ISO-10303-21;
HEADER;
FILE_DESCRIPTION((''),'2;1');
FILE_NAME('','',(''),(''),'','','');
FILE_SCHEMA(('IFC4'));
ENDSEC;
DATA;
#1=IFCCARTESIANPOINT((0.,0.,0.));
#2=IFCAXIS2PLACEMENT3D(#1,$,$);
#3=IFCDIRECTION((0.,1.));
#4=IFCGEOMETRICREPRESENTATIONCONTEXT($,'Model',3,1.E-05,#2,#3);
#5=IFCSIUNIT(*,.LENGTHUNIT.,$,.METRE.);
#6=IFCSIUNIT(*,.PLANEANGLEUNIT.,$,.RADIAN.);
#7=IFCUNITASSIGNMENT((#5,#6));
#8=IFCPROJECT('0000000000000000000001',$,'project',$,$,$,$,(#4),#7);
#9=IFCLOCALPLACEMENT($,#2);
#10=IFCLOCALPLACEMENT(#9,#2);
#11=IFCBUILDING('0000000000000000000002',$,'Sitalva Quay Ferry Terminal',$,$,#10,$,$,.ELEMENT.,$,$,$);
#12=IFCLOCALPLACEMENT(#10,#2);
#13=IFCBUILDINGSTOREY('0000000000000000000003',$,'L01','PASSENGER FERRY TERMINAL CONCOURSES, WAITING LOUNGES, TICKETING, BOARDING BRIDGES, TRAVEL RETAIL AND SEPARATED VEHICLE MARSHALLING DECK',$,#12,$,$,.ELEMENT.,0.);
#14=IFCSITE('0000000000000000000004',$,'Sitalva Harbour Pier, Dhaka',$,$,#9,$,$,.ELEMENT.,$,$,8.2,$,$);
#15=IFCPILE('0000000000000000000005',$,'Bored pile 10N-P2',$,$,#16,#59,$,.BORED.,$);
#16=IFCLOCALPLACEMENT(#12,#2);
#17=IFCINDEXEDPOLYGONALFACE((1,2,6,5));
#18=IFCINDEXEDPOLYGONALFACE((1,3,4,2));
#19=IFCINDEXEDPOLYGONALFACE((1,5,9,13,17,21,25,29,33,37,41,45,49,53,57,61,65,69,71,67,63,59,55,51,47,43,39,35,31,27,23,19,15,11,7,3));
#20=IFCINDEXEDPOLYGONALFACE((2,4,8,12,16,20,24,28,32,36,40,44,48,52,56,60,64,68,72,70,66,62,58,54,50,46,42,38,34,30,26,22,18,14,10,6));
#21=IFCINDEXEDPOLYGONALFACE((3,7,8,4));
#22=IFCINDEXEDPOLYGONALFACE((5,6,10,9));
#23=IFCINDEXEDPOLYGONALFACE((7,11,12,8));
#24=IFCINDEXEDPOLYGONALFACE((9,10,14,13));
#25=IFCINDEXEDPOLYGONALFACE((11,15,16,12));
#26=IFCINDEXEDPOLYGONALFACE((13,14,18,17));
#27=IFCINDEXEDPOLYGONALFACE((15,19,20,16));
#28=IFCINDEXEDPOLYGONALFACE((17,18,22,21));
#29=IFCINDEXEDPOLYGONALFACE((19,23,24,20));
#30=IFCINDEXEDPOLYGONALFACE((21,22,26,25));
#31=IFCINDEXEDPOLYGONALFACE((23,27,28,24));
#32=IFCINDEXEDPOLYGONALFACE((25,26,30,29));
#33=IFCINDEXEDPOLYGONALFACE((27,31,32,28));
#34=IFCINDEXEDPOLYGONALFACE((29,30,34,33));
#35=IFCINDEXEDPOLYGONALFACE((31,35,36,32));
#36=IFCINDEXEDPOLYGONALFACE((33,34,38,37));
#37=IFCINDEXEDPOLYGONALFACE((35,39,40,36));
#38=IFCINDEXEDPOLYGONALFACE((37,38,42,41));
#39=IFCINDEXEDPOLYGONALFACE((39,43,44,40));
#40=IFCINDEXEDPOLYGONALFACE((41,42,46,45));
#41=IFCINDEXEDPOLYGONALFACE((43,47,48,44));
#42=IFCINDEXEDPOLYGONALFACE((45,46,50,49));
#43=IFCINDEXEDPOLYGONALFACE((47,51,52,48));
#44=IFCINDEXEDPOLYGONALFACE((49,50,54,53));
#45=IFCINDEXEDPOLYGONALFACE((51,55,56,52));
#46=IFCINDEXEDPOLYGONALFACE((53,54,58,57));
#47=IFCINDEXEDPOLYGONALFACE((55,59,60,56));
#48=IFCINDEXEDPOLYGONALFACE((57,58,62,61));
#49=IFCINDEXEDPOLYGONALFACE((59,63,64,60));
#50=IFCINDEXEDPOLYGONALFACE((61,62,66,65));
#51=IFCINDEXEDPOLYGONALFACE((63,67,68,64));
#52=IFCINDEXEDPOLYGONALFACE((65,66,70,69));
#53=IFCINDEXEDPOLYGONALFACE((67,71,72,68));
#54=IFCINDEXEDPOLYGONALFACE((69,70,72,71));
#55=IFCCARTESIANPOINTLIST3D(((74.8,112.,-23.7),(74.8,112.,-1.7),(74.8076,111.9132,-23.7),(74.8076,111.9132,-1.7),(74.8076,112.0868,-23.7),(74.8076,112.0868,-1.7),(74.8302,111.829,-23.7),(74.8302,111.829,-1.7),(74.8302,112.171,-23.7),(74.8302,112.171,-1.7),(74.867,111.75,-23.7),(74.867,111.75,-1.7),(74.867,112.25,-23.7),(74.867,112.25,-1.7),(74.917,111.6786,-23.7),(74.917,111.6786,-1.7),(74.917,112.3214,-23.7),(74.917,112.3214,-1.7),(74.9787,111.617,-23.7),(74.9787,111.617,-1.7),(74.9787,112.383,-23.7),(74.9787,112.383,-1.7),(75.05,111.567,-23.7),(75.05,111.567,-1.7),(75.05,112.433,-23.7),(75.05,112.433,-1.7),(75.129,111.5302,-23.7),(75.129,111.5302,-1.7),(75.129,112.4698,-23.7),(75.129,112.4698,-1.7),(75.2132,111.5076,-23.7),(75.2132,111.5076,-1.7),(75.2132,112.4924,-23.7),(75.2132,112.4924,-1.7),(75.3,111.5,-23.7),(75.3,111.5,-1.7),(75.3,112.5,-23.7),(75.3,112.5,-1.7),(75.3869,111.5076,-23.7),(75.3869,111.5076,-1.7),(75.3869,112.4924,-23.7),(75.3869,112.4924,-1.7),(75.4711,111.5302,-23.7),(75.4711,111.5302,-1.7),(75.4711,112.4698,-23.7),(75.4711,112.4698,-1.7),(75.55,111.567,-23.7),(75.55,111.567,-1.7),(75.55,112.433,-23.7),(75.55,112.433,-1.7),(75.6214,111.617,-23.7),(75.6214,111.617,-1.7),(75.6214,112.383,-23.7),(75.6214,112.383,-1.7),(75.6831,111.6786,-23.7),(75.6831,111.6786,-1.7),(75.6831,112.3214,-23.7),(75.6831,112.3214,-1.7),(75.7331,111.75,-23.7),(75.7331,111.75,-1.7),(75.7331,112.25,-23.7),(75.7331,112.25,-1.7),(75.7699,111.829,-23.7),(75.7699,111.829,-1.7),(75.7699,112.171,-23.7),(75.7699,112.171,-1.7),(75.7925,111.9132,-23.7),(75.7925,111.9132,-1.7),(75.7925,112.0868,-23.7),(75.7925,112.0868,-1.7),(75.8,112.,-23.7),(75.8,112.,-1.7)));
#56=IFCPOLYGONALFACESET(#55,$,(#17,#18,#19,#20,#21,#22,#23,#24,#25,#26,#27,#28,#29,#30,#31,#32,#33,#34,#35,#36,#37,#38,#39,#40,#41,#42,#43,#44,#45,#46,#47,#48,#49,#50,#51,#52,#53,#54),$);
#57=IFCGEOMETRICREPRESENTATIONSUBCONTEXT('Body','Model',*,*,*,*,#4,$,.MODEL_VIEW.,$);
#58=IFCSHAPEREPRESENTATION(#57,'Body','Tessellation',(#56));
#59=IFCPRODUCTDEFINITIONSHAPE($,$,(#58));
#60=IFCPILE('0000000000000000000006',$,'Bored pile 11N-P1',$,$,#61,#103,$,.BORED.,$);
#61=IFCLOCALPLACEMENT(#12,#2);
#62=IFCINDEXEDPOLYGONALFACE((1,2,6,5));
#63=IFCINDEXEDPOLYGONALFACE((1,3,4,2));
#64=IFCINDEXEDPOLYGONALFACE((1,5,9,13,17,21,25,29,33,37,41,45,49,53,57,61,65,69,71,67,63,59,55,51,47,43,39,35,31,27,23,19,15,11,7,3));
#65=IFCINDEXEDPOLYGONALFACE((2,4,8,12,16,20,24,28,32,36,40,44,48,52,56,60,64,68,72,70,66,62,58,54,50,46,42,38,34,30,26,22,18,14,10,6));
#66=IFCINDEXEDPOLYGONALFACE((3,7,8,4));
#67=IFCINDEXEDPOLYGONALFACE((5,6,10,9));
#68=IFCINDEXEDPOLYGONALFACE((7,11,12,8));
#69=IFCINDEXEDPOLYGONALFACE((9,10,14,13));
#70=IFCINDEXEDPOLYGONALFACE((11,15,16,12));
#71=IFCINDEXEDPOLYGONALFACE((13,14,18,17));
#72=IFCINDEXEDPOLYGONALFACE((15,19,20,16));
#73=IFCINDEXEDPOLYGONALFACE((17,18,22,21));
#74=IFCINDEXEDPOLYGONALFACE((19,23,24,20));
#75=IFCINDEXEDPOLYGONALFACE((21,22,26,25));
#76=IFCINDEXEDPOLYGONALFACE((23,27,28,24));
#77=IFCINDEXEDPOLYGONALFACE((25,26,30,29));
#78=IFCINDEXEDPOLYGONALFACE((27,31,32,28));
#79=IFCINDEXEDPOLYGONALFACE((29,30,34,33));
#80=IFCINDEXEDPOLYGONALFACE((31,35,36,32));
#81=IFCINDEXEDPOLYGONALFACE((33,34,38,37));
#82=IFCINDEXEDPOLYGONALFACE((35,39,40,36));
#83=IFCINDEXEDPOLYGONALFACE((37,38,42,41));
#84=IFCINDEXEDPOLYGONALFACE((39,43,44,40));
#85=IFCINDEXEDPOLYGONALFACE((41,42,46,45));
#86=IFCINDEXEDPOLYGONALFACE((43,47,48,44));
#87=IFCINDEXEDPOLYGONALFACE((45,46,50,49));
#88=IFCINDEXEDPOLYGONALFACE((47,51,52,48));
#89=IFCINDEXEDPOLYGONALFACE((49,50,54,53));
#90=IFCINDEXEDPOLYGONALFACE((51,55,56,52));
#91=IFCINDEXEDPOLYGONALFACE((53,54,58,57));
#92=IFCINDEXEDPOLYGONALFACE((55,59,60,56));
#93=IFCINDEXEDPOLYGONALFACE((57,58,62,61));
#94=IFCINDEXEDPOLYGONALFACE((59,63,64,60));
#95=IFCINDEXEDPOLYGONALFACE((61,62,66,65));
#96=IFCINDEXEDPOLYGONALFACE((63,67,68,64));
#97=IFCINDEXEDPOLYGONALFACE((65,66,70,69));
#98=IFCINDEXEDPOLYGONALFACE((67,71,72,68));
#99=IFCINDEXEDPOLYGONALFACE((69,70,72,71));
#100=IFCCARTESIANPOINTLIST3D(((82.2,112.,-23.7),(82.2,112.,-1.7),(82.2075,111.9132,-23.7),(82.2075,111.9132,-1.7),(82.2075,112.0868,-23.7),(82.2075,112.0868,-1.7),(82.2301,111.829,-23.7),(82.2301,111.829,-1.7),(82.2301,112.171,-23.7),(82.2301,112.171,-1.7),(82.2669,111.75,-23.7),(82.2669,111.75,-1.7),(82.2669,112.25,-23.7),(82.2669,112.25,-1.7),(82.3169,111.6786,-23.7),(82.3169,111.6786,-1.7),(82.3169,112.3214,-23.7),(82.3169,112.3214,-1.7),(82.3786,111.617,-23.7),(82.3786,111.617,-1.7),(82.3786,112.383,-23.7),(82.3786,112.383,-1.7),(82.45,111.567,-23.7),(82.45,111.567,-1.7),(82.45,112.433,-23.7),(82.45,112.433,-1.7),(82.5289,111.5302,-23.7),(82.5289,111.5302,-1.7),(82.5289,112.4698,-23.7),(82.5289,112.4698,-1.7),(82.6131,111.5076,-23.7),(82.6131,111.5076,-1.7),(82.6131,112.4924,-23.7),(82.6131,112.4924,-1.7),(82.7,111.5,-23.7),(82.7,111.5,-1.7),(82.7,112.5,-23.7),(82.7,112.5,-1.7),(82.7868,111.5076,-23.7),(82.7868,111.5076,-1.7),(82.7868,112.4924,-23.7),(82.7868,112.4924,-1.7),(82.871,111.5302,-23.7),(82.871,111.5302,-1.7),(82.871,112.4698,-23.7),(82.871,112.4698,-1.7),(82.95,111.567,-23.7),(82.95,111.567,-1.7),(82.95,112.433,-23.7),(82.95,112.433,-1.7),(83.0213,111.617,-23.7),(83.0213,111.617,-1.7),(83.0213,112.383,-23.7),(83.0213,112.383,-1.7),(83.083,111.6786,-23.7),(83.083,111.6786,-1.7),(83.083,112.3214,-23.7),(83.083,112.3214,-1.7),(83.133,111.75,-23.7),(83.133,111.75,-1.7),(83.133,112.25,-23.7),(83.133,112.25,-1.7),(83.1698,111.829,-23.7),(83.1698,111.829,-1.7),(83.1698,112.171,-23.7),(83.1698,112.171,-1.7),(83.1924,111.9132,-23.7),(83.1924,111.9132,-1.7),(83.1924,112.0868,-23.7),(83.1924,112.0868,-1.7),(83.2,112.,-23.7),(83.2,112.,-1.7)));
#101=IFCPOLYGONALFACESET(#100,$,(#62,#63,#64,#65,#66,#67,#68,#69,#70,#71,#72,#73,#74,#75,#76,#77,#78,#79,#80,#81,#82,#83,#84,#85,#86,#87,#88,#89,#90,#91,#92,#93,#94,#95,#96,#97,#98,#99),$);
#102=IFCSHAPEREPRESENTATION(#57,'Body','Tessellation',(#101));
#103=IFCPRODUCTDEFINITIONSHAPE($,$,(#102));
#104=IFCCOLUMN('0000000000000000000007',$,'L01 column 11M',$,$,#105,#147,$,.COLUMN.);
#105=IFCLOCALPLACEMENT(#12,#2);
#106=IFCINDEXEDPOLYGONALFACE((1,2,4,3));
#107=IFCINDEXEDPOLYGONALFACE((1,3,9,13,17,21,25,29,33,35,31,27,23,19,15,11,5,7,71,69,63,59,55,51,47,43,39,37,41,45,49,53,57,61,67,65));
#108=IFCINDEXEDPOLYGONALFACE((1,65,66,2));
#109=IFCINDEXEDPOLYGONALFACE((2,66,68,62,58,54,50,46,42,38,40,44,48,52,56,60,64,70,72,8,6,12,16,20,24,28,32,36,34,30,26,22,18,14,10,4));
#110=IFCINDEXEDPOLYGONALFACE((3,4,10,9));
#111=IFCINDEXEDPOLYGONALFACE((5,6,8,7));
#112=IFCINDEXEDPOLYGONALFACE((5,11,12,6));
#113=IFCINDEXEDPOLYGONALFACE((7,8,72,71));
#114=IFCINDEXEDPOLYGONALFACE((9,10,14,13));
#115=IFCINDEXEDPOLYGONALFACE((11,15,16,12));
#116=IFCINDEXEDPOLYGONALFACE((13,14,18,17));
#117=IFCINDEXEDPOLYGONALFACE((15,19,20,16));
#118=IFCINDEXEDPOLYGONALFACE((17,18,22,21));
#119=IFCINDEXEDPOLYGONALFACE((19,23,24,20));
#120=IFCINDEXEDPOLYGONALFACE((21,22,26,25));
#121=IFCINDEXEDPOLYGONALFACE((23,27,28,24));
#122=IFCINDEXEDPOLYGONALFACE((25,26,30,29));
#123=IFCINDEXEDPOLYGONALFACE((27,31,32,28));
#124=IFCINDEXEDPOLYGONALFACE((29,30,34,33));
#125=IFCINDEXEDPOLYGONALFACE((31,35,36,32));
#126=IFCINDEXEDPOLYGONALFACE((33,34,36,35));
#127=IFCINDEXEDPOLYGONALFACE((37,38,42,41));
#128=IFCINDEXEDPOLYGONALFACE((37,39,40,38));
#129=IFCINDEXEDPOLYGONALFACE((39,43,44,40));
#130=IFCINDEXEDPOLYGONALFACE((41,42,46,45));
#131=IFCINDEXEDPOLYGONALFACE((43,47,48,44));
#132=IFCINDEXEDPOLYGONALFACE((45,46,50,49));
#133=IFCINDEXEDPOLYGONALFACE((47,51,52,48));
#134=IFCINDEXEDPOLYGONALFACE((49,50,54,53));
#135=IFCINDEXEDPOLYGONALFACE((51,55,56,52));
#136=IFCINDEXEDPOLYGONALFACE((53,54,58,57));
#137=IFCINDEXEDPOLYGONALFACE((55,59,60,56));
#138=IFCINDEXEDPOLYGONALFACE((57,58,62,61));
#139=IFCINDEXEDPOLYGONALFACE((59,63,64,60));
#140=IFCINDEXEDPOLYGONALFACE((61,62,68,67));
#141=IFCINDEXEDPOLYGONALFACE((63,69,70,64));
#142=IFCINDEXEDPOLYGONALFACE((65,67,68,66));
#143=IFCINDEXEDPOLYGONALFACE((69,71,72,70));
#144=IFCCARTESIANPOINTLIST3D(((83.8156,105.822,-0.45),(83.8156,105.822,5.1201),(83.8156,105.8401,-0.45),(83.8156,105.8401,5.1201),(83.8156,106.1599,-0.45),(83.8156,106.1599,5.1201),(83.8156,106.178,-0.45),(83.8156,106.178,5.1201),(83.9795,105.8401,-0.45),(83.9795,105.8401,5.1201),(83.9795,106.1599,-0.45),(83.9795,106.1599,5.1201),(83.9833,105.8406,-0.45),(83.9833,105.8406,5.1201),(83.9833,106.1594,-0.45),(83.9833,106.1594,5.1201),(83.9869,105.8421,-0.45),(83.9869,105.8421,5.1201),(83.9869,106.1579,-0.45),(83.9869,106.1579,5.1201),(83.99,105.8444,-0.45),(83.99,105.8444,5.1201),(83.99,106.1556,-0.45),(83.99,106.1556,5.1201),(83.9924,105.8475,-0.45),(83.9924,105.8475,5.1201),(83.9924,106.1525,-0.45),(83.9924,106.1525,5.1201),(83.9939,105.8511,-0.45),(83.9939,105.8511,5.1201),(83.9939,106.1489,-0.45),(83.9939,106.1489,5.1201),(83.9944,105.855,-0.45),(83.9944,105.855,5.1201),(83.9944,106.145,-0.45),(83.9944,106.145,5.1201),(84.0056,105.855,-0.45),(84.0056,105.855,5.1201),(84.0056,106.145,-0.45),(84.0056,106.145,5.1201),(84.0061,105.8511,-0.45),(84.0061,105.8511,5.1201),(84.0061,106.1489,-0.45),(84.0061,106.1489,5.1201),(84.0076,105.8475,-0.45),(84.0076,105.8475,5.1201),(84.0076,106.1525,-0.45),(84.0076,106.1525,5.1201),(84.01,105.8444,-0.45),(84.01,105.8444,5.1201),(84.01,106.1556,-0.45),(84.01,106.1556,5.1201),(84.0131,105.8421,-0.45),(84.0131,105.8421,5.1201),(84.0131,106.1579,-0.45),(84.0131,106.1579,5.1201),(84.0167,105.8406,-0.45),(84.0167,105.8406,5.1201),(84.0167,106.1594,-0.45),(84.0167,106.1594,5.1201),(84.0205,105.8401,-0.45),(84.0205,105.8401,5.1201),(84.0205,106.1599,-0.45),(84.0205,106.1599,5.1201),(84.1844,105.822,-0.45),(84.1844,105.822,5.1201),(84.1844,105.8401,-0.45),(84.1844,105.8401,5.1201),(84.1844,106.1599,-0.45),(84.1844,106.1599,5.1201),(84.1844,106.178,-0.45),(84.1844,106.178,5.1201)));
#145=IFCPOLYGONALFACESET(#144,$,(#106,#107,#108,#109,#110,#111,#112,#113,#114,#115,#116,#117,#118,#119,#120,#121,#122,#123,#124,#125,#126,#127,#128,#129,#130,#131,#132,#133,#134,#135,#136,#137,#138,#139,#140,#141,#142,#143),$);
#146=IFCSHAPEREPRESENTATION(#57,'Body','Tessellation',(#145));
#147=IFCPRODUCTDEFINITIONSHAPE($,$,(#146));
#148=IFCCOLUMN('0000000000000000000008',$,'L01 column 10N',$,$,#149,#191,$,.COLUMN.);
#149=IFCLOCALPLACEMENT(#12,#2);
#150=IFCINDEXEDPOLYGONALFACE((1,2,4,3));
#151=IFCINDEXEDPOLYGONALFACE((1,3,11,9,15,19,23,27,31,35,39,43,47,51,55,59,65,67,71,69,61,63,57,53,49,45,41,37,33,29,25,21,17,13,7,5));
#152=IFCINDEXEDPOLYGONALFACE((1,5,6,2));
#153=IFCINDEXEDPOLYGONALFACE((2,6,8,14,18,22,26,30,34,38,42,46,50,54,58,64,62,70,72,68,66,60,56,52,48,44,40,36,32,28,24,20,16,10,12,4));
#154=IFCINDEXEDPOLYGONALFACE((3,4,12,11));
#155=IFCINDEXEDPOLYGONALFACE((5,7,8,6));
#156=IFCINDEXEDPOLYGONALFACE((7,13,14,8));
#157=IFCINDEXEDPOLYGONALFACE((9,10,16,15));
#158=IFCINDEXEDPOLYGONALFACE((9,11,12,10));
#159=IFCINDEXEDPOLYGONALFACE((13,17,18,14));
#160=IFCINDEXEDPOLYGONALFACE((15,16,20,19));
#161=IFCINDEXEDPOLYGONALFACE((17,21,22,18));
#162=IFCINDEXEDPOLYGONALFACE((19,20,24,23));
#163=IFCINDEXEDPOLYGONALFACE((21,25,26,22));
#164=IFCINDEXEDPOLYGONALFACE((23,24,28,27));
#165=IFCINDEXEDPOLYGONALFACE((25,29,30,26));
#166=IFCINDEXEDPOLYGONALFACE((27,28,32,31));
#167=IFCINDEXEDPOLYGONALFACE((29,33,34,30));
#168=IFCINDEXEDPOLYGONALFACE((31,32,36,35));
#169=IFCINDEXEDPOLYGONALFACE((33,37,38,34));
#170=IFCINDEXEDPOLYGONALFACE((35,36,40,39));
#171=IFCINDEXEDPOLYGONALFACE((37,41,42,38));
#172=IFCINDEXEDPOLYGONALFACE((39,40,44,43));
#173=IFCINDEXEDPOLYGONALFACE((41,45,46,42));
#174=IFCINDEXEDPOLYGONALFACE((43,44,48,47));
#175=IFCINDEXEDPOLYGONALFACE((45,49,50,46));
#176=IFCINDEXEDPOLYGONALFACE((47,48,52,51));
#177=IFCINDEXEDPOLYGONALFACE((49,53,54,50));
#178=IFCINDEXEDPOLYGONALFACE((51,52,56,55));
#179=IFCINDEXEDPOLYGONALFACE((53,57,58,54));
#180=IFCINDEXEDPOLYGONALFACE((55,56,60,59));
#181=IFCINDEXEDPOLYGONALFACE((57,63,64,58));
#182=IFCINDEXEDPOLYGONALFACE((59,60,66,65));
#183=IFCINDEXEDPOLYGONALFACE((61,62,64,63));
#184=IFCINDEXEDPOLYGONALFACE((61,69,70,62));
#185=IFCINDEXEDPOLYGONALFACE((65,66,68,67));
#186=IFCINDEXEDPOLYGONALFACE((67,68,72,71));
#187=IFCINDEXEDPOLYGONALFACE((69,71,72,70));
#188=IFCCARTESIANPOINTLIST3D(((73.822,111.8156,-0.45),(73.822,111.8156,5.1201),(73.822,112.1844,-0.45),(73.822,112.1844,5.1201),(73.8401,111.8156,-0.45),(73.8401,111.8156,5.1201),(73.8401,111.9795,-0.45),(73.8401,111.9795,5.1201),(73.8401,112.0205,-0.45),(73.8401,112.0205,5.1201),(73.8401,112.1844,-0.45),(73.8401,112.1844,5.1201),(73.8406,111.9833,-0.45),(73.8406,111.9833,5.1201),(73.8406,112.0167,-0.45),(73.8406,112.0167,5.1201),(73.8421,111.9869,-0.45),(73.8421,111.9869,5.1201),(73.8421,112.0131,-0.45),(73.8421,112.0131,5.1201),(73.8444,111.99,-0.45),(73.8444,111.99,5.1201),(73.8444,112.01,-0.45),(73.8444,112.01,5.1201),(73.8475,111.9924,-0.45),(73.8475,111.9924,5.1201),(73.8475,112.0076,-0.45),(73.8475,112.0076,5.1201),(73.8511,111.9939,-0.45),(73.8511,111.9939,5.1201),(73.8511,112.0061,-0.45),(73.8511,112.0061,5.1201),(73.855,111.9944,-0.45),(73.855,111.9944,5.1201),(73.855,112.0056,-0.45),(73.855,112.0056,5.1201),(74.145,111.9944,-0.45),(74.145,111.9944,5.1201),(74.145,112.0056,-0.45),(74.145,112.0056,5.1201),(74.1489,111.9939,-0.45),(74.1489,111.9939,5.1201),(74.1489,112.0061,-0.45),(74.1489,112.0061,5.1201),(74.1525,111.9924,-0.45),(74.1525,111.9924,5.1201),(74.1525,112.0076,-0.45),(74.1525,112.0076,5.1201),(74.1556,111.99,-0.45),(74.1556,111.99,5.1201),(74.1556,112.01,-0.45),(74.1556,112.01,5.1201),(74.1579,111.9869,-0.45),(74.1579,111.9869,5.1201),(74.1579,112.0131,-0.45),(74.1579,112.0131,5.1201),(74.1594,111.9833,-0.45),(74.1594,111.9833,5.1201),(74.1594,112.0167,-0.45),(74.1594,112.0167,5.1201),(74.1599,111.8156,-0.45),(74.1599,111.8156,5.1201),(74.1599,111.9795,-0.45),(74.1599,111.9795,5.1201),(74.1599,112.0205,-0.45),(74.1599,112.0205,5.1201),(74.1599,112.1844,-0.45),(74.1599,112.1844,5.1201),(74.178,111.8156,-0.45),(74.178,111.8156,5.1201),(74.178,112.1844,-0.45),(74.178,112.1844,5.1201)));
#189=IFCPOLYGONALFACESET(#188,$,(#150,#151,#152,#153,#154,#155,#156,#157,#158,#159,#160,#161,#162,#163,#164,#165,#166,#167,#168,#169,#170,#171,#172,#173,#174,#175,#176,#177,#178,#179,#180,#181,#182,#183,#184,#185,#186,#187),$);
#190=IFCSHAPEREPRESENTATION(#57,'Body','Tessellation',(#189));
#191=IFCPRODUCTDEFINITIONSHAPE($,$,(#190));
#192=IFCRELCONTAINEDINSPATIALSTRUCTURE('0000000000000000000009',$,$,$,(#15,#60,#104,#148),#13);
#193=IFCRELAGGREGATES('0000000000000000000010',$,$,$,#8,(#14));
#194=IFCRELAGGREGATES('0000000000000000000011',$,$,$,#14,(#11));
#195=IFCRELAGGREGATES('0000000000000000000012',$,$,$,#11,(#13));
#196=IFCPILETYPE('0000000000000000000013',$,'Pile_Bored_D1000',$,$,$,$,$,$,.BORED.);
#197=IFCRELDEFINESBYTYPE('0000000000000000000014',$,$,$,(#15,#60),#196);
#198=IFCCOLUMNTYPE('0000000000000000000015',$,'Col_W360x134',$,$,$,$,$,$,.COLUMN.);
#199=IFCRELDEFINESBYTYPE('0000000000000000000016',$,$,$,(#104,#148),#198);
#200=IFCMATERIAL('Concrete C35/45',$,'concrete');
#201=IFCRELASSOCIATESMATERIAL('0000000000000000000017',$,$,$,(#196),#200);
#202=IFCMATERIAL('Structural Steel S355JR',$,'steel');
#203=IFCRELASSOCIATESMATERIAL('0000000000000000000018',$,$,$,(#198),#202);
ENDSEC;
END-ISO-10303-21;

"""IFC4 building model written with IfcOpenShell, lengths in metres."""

from ifc_helpers import new_model, si_unit, direction, frame, origin, origin_2d, place, context, subcontext, project, spatial, circle, i_section, extrude, material, material_profile, profile_set, type_object, element, save


model = new_model("IFC4")

# Units and contexts
model_context = context("Model", 3, precision=1e-05, world=origin(), true_north=direction((0.0, 1.0)))
body_context = subcontext(model_context, "Body", "Model", "MODEL_VIEW")
ifc_project = project(units=[si_unit("LENGTHUNIT", "METRE"), si_unit("PLANEANGLEUNIT", "RADIAN")], contexts=[model_context])

# Site, building, storey
site_placement = place(None, origin())
site = spatial("IfcSite", under=ifc_project, at=site_placement, Name="Sitalva Harbour Pier, Dhaka", CompositionType="ELEMENT", RefElevation=8.2)
building_placement = place(site_placement, origin())
building = spatial("IfcBuilding", under=site, at=building_placement, Name="Sitalva Quay Ferry Terminal", CompositionType="ELEMENT")
storey_placement = place(building_placement, origin())
storey = spatial("IfcBuildingStorey", under=building, at=storey_placement, Name="L01", Description="PASSENGER FERRY TERMINAL CONCOURSES, WAITING LOUNGES, TICKETING, BOARDING BRIDGES, TRAVEL RETAIL AND SEPARATED VEHICLE MARSHALLING DECK", CompositionType="ELEMENT", Elevation=0.0)

# Piles
ifc_material_1 = material(Name="Concrete C35/45", Category="concrete")
ifc_material_profile_1 = material_profile(ifc_material_1, circle(Radius=0.5, at=origin_2d()), Name="PILE-D1000")
ifc_profile_set_1 = profile_set([ifc_material_profile_1], Name="Concrete C35/45")
pile_type = type_object("IfcPileType", Name="Pile_Bored_D1000", PredefinedType="BORED", material=ifc_profile_set_1)
for number, where, z_axis, x_axis, name in (
    (1, (75.3, 112.0, -1.7), (0.0, 0.0, -1.0), (1.0, 0.0, 0.0), "Bored pile 10N-P2"),
    (2, (82.7, 112.0, -1.7), (0.0, 0.0, -1.0), (1.0, 0.0, 0.0), "Bored pile 11N-P1"),
):
    element("IfcPile", number, at=place(storey_placement, frame(where, z_axis=z_axis, x_axis=x_axis)), inside=storey, type_object=pile_type, Name=name, PredefinedType="BORED", context=body_context, shape_type="SweptSolid", body=[
        extrude(circle(Radius=0.5, at=origin_2d()), origin(), (0.0, 0.0, 1.0), 22.0),
    ])

# Columns
ifc_material_2 = material(Name="Structural Steel S355JR", Category="steel")
ifc_material_profile_2 = material_profile(ifc_material_2, i_section(OverallWidth=0.3689, OverallDepth=0.356, WebThickness=0.0112, FlangeThickness=0.0181, FilletRadius=0.0149, at=origin_2d()), Name="W360x134")
ifc_profile_set_2 = profile_set([ifc_material_profile_2], Name="Structural Steel S355JR")
column_type = type_object("IfcColumnType", Name="Col_W360x134", PredefinedType="COLUMN", material=ifc_profile_set_2)
for number, where, z_axis, x_axis, name in (
    (3, (84.0, 106.0, -0.45), (0.0, 0.0, 1.0), (1.0, 0.0, 0.0), "L01 column 11M"),
    (4, (74.0, 112.0, -0.45), (0.0, 0.0, 1.0), (0.0, 1.0, 0.0), "L01 column 10N"),
):
    element("IfcColumn", number, at=place(storey_placement, frame(where, z_axis=z_axis, x_axis=x_axis)), inside=storey, type_object=column_type, Name=name, PredefinedType="COLUMN", context=body_context, shape_type="SweptSolid", body=[
        extrude(i_section(OverallWidth=0.3689, OverallDepth=0.356, WebThickness=0.0112, FlangeThickness=0.0181, FilletRadius=0.0149, at=origin_2d()), origin(), (0.0, 0.0, 1.0), 5.5701),
    ])

save(model, "model.ifc")
